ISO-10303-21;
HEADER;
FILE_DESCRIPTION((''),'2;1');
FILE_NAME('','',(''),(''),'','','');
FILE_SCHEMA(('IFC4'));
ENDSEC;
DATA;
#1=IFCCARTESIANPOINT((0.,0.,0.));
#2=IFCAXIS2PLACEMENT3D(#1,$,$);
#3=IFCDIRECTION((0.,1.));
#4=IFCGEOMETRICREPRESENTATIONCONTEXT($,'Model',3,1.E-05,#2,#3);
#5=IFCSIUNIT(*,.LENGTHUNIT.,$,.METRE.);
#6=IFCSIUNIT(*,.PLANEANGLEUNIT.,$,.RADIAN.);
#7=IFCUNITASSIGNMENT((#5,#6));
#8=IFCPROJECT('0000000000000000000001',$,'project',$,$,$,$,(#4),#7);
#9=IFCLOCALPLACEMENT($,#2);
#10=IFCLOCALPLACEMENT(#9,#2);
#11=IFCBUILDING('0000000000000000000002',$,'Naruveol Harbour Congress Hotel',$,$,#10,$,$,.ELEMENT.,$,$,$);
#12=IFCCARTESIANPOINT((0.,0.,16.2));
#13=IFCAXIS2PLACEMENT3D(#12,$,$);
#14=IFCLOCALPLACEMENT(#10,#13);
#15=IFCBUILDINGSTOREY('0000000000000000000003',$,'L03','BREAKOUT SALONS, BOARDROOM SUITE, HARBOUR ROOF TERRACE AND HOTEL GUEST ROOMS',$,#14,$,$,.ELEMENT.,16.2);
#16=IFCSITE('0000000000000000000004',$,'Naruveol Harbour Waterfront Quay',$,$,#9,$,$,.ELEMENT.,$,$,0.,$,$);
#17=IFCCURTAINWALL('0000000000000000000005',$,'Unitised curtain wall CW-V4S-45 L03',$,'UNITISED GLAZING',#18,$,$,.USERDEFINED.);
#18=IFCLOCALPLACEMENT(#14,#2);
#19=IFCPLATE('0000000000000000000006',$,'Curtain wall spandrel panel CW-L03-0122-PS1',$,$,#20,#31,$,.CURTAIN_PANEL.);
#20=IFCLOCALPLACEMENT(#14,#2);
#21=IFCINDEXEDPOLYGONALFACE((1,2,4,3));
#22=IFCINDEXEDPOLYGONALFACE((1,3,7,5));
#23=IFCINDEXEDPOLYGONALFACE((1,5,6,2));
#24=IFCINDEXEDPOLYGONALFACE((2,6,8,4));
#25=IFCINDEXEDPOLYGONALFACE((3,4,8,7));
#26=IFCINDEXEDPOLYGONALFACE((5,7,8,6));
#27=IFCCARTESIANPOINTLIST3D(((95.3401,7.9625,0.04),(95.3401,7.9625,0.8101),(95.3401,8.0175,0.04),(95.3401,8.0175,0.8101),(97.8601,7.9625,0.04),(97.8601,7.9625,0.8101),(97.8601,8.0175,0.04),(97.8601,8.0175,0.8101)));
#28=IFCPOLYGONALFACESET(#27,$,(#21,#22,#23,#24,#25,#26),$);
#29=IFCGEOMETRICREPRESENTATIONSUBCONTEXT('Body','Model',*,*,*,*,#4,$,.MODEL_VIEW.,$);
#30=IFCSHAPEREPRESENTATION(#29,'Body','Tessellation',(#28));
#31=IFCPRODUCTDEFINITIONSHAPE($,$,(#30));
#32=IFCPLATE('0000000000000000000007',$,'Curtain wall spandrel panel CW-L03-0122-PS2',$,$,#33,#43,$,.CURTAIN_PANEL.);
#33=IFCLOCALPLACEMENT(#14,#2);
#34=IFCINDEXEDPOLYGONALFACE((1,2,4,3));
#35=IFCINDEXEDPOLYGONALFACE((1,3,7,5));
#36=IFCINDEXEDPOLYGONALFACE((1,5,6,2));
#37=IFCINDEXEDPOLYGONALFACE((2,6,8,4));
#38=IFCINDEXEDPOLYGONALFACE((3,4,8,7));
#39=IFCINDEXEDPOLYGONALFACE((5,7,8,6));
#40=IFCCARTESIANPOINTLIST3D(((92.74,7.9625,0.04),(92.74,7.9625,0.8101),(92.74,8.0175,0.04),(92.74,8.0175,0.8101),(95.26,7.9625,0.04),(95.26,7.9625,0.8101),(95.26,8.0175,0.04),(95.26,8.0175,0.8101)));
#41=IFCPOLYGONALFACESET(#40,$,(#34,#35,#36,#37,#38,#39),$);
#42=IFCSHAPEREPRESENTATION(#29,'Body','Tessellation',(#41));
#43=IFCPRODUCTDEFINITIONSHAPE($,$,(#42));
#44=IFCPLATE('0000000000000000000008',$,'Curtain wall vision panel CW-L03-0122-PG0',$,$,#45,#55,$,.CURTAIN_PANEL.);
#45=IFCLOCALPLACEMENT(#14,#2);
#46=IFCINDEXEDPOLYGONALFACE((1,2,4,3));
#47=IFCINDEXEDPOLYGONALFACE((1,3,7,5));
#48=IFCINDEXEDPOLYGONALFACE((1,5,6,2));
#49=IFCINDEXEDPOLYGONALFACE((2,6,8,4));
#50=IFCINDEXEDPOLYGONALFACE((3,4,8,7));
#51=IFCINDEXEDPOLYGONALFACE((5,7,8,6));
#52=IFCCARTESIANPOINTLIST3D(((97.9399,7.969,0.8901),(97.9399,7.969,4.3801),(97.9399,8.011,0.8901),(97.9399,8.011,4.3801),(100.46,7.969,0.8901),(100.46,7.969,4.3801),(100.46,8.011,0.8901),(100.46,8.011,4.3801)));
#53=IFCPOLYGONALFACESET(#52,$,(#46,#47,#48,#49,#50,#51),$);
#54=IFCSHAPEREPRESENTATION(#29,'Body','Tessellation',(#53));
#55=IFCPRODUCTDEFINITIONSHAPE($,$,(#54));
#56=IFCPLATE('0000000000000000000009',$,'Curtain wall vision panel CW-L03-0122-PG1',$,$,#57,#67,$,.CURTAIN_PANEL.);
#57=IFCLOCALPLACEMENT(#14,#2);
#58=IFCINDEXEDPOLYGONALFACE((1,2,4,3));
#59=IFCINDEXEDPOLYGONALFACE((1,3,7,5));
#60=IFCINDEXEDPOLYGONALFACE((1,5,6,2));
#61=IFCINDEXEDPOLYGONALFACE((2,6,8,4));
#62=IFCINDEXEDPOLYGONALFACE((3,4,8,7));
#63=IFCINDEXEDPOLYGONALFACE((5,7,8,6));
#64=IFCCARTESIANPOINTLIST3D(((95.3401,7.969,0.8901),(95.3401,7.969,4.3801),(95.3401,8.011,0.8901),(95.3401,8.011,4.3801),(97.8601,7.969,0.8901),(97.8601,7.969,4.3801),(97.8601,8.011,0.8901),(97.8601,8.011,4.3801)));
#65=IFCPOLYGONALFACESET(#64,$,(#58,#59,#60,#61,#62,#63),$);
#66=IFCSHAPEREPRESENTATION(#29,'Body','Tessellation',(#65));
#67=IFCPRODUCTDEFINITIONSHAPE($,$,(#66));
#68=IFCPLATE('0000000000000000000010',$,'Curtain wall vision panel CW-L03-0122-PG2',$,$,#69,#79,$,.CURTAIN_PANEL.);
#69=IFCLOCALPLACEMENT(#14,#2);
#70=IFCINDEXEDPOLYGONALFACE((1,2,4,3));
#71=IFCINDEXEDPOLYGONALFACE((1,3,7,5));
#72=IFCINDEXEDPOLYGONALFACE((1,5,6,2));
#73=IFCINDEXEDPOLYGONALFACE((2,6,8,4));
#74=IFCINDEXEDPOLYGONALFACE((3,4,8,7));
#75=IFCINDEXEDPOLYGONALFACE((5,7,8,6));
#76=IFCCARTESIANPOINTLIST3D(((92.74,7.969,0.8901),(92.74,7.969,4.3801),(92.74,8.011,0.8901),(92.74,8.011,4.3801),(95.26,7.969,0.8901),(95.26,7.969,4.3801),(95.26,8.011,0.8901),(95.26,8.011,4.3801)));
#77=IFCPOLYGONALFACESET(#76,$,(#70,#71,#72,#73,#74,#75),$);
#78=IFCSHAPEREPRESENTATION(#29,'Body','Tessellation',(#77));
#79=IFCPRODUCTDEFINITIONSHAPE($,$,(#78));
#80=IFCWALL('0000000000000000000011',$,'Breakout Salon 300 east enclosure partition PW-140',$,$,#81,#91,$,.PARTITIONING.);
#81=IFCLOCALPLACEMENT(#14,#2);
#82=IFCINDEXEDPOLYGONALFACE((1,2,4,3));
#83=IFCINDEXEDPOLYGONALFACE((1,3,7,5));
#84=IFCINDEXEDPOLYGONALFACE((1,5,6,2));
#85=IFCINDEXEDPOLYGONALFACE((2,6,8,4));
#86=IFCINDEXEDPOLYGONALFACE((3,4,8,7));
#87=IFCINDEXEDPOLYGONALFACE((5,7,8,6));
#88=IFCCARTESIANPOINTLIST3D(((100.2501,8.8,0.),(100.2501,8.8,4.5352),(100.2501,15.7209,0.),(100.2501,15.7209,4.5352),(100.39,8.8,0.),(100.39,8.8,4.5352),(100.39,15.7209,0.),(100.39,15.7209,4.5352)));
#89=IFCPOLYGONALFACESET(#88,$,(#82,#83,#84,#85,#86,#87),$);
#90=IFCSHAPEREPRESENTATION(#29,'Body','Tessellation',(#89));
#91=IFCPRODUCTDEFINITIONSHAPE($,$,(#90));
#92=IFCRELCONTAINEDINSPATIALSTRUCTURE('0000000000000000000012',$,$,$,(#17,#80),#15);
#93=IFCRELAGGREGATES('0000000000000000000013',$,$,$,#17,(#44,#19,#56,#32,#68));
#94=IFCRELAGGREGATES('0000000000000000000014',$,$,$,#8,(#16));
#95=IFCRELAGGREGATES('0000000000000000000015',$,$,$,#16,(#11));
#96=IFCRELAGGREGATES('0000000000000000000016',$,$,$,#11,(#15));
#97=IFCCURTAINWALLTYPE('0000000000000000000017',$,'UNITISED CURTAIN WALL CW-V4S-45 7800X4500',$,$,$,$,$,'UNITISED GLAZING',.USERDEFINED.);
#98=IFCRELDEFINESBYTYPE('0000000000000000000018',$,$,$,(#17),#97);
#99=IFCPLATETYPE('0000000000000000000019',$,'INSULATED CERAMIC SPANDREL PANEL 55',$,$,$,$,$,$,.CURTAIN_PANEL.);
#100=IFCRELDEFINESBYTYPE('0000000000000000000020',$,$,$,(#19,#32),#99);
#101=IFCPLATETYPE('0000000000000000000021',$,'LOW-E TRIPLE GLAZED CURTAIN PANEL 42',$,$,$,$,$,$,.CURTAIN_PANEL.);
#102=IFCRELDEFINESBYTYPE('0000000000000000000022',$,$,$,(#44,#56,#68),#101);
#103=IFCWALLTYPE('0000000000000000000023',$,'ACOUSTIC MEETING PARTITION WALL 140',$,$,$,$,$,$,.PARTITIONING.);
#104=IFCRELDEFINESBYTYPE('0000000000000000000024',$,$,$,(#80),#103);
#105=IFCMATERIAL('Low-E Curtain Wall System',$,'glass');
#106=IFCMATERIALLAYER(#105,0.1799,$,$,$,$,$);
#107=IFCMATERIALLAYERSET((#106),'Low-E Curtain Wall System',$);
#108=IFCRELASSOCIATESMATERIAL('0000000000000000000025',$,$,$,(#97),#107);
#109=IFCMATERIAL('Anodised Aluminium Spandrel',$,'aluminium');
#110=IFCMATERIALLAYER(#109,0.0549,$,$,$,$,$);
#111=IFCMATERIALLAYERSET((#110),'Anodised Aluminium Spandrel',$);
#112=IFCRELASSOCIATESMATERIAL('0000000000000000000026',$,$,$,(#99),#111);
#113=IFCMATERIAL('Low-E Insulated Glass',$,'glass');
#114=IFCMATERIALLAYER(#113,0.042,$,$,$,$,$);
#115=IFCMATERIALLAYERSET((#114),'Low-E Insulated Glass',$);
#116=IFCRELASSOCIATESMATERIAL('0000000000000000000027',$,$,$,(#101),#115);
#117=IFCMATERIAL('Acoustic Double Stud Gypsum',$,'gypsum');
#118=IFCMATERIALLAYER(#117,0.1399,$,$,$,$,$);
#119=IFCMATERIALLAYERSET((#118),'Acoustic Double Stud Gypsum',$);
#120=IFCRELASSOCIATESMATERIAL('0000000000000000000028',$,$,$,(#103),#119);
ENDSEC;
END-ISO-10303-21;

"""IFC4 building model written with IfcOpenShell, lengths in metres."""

from ifc_helpers import new_model, si_unit, direction, frame, frame_2d, origin, origin_2d, place, context, subcontext, project, spatial, rectangle, extrude, material, layer, layer_set, type_object, element, aggregate, save


model = new_model("IFC4")

# Units and contexts
model_context = context("Model", 3, precision=1e-05, world=origin(), true_north=direction((0.0, 1.0)))
body_context = subcontext(model_context, "Body", "Model", "MODEL_VIEW")
ifc_project = project(units=[si_unit("LENGTHUNIT", "METRE"), si_unit("PLANEANGLEUNIT", "RADIAN")], contexts=[model_context])

# Site, building, storey
site_placement = place(None, origin())
site = spatial("IfcSite", under=ifc_project, at=site_placement, Name="Naruveol Harbour Waterfront Quay", CompositionType="ELEMENT", RefElevation=0.0)
building_placement = place(site_placement, origin())
building = spatial("IfcBuilding", under=site, at=building_placement, Name="Naruveol Harbour Congress Hotel", CompositionType="ELEMENT")
storey_placement = place(building_placement, frame((0.0, 0.0, 16.2)))
storey = spatial("IfcBuildingStorey", under=building, at=storey_placement, Name="L03", Description="BREAKOUT SALONS, BOARDROOM SUITE, HARBOUR ROOF TERRACE AND HOTEL GUEST ROOMS", CompositionType="ELEMENT", Elevation=16.2)

# Curtain wall, plates
ifc_material_1 = material(Name="Low-E Curtain Wall System", Category="glass")
ifc_layer_1 = layer(ifc_material_1, 0.1799)
ifc_layer_set_1 = layer_set([ifc_layer_1], Name="Low-E Curtain Wall System")
curtain_wall_type = type_object("IfcCurtainWallType", Name="UNITISED CURTAIN WALL CW-V4S-45 7800X4500", ElementType="UNITISED GLAZING", PredefinedType="USERDEFINED", material=ifc_layer_set_1)
curtain_wall_placement = place(storey_placement, origin())
curtain_wall = element("IfcCurtainWall", 1, at=curtain_wall_placement, inside=storey, type_object=curtain_wall_type, Name="Unitised curtain wall CW-V4S-45 L03", ObjectType="UNITISED GLAZING", PredefinedType="USERDEFINED")
ifc_material_2 = material(Name="Anodised Aluminium Spandrel", Category="aluminium")
ifc_layer_2 = layer(ifc_material_2, 0.0549)
ifc_layer_set_2 = layer_set([ifc_layer_2], Name="Anodised Aluminium Spandrel")
plate_type_1 = type_object("IfcPlateType", Name="INSULATED CERAMIC SPANDREL PANEL 55", PredefinedType="CURTAIN_PANEL", material=ifc_layer_set_2)
plate_1_placement = place(storey_placement, frame((96.6001, 7.99, 0.04), z_axis=(0.0, 0.0, 1.0), x_axis=(-1.0, 0.0, 0.0)))
plate_1 = element("IfcPlate", 2, at=plate_1_placement, type_object=plate_type_1, Name="Curtain wall spandrel panel CW-L03-0122-PS1", PredefinedType="CURTAIN_PANEL", context=body_context, shape_type="SweptSolid", body=[
    extrude(rectangle(XDim=2.52, YDim=0.0549, at=origin_2d()), origin(), (0.0, 0.0, 1.0), 0.77),
])
plate_2_placement = place(storey_placement, frame((94.0, 7.99, 0.04), z_axis=(0.0, 0.0, 1.0), x_axis=(-1.0, 0.0, 0.0)))
plate_2 = element("IfcPlate", 3, at=plate_2_placement, type_object=plate_type_1, Name="Curtain wall spandrel panel CW-L03-0122-PS2", PredefinedType="CURTAIN_PANEL", context=body_context, shape_type="SweptSolid", body=[
    extrude(rectangle(XDim=2.52, YDim=0.0549, at=origin_2d()), origin(), (0.0, 0.0, 1.0), 0.77),
])
ifc_material_3 = material(Name="Low-E Insulated Glass", Category="glass")
ifc_layer_3 = layer(ifc_material_3, 0.042)
ifc_layer_set_3 = layer_set([ifc_layer_3], Name="Low-E Insulated Glass")
plate_type_2 = type_object("IfcPlateType", Name="LOW-E TRIPLE GLAZED CURTAIN PANEL 42", PredefinedType="CURTAIN_PANEL", material=ifc_layer_set_3)
plate_3_placement = place(storey_placement, frame((99.2, 7.99, 0.8901), z_axis=(0.0, 0.0, 1.0), x_axis=(-1.0, 0.0, 0.0)))
plate_3 = element("IfcPlate", 4, at=plate_3_placement, type_object=plate_type_2, Name="Curtain wall vision panel CW-L03-0122-PG0", PredefinedType="CURTAIN_PANEL", context=body_context, shape_type="SweptSolid", body=[
    extrude(rectangle(XDim=2.52, YDim=0.042, at=origin_2d()), origin(), (0.0, 0.0, 1.0), 3.49),
])
plate_4_placement = place(storey_placement, frame((96.6001, 7.99, 0.8901), z_axis=(0.0, 0.0, 1.0), x_axis=(-1.0, 0.0, 0.0)))
plate_4 = element("IfcPlate", 5, at=plate_4_placement, type_object=plate_type_2, Name="Curtain wall vision panel CW-L03-0122-PG1", PredefinedType="CURTAIN_PANEL", context=body_context, shape_type="SweptSolid", body=[
    extrude(rectangle(XDim=2.52, YDim=0.042, at=origin_2d()), origin(), (0.0, 0.0, 1.0), 3.49),
])
plate_5_placement = place(storey_placement, frame((94.0, 7.99, 0.8901), z_axis=(0.0, 0.0, 1.0), x_axis=(-1.0, 0.0, 0.0)))
plate_5 = element("IfcPlate", 6, at=plate_5_placement, type_object=plate_type_2, Name="Curtain wall vision panel CW-L03-0122-PG2", PredefinedType="CURTAIN_PANEL", context=body_context, shape_type="SweptSolid", body=[
    extrude(rectangle(XDim=2.52, YDim=0.042, at=origin_2d()), origin(), (0.0, 0.0, 1.0), 3.49),
])
aggregate(curtain_wall, [plate_3, plate_1, plate_4, plate_2, plate_5])

# Wall
ifc_material_4 = material(Name="Acoustic Double Stud Gypsum", Category="gypsum")
ifc_layer_4 = layer(ifc_material_4, 0.1399)
ifc_layer_set_4 = layer_set([ifc_layer_4], Name="Acoustic Double Stud Gypsum")
wall_type = type_object("IfcWallType", Name="ACOUSTIC MEETING PARTITION WALL 140", PredefinedType="PARTITIONING", material=ifc_layer_set_4)
wall_placement = place(storey_placement, frame((100.3201, 8.8, 0.0), z_axis=(0.0, 0.0, 1.0), x_axis=(0.0, 1.0, 0.0)))
element("IfcWall", 7, at=wall_placement, inside=storey, type_object=wall_type, Name="Breakout Salon 300 east enclosure partition PW-140", PredefinedType="PARTITIONING", context=body_context, shape_type="SweptSolid", body=[
    extrude(rectangle(XDim=6.9209, YDim=0.1399, at=frame_2d((3.4604, 0.0))), origin(), (0.0, 0.0, 1.0), 4.5352),
])

save(model, "model.ifc")
